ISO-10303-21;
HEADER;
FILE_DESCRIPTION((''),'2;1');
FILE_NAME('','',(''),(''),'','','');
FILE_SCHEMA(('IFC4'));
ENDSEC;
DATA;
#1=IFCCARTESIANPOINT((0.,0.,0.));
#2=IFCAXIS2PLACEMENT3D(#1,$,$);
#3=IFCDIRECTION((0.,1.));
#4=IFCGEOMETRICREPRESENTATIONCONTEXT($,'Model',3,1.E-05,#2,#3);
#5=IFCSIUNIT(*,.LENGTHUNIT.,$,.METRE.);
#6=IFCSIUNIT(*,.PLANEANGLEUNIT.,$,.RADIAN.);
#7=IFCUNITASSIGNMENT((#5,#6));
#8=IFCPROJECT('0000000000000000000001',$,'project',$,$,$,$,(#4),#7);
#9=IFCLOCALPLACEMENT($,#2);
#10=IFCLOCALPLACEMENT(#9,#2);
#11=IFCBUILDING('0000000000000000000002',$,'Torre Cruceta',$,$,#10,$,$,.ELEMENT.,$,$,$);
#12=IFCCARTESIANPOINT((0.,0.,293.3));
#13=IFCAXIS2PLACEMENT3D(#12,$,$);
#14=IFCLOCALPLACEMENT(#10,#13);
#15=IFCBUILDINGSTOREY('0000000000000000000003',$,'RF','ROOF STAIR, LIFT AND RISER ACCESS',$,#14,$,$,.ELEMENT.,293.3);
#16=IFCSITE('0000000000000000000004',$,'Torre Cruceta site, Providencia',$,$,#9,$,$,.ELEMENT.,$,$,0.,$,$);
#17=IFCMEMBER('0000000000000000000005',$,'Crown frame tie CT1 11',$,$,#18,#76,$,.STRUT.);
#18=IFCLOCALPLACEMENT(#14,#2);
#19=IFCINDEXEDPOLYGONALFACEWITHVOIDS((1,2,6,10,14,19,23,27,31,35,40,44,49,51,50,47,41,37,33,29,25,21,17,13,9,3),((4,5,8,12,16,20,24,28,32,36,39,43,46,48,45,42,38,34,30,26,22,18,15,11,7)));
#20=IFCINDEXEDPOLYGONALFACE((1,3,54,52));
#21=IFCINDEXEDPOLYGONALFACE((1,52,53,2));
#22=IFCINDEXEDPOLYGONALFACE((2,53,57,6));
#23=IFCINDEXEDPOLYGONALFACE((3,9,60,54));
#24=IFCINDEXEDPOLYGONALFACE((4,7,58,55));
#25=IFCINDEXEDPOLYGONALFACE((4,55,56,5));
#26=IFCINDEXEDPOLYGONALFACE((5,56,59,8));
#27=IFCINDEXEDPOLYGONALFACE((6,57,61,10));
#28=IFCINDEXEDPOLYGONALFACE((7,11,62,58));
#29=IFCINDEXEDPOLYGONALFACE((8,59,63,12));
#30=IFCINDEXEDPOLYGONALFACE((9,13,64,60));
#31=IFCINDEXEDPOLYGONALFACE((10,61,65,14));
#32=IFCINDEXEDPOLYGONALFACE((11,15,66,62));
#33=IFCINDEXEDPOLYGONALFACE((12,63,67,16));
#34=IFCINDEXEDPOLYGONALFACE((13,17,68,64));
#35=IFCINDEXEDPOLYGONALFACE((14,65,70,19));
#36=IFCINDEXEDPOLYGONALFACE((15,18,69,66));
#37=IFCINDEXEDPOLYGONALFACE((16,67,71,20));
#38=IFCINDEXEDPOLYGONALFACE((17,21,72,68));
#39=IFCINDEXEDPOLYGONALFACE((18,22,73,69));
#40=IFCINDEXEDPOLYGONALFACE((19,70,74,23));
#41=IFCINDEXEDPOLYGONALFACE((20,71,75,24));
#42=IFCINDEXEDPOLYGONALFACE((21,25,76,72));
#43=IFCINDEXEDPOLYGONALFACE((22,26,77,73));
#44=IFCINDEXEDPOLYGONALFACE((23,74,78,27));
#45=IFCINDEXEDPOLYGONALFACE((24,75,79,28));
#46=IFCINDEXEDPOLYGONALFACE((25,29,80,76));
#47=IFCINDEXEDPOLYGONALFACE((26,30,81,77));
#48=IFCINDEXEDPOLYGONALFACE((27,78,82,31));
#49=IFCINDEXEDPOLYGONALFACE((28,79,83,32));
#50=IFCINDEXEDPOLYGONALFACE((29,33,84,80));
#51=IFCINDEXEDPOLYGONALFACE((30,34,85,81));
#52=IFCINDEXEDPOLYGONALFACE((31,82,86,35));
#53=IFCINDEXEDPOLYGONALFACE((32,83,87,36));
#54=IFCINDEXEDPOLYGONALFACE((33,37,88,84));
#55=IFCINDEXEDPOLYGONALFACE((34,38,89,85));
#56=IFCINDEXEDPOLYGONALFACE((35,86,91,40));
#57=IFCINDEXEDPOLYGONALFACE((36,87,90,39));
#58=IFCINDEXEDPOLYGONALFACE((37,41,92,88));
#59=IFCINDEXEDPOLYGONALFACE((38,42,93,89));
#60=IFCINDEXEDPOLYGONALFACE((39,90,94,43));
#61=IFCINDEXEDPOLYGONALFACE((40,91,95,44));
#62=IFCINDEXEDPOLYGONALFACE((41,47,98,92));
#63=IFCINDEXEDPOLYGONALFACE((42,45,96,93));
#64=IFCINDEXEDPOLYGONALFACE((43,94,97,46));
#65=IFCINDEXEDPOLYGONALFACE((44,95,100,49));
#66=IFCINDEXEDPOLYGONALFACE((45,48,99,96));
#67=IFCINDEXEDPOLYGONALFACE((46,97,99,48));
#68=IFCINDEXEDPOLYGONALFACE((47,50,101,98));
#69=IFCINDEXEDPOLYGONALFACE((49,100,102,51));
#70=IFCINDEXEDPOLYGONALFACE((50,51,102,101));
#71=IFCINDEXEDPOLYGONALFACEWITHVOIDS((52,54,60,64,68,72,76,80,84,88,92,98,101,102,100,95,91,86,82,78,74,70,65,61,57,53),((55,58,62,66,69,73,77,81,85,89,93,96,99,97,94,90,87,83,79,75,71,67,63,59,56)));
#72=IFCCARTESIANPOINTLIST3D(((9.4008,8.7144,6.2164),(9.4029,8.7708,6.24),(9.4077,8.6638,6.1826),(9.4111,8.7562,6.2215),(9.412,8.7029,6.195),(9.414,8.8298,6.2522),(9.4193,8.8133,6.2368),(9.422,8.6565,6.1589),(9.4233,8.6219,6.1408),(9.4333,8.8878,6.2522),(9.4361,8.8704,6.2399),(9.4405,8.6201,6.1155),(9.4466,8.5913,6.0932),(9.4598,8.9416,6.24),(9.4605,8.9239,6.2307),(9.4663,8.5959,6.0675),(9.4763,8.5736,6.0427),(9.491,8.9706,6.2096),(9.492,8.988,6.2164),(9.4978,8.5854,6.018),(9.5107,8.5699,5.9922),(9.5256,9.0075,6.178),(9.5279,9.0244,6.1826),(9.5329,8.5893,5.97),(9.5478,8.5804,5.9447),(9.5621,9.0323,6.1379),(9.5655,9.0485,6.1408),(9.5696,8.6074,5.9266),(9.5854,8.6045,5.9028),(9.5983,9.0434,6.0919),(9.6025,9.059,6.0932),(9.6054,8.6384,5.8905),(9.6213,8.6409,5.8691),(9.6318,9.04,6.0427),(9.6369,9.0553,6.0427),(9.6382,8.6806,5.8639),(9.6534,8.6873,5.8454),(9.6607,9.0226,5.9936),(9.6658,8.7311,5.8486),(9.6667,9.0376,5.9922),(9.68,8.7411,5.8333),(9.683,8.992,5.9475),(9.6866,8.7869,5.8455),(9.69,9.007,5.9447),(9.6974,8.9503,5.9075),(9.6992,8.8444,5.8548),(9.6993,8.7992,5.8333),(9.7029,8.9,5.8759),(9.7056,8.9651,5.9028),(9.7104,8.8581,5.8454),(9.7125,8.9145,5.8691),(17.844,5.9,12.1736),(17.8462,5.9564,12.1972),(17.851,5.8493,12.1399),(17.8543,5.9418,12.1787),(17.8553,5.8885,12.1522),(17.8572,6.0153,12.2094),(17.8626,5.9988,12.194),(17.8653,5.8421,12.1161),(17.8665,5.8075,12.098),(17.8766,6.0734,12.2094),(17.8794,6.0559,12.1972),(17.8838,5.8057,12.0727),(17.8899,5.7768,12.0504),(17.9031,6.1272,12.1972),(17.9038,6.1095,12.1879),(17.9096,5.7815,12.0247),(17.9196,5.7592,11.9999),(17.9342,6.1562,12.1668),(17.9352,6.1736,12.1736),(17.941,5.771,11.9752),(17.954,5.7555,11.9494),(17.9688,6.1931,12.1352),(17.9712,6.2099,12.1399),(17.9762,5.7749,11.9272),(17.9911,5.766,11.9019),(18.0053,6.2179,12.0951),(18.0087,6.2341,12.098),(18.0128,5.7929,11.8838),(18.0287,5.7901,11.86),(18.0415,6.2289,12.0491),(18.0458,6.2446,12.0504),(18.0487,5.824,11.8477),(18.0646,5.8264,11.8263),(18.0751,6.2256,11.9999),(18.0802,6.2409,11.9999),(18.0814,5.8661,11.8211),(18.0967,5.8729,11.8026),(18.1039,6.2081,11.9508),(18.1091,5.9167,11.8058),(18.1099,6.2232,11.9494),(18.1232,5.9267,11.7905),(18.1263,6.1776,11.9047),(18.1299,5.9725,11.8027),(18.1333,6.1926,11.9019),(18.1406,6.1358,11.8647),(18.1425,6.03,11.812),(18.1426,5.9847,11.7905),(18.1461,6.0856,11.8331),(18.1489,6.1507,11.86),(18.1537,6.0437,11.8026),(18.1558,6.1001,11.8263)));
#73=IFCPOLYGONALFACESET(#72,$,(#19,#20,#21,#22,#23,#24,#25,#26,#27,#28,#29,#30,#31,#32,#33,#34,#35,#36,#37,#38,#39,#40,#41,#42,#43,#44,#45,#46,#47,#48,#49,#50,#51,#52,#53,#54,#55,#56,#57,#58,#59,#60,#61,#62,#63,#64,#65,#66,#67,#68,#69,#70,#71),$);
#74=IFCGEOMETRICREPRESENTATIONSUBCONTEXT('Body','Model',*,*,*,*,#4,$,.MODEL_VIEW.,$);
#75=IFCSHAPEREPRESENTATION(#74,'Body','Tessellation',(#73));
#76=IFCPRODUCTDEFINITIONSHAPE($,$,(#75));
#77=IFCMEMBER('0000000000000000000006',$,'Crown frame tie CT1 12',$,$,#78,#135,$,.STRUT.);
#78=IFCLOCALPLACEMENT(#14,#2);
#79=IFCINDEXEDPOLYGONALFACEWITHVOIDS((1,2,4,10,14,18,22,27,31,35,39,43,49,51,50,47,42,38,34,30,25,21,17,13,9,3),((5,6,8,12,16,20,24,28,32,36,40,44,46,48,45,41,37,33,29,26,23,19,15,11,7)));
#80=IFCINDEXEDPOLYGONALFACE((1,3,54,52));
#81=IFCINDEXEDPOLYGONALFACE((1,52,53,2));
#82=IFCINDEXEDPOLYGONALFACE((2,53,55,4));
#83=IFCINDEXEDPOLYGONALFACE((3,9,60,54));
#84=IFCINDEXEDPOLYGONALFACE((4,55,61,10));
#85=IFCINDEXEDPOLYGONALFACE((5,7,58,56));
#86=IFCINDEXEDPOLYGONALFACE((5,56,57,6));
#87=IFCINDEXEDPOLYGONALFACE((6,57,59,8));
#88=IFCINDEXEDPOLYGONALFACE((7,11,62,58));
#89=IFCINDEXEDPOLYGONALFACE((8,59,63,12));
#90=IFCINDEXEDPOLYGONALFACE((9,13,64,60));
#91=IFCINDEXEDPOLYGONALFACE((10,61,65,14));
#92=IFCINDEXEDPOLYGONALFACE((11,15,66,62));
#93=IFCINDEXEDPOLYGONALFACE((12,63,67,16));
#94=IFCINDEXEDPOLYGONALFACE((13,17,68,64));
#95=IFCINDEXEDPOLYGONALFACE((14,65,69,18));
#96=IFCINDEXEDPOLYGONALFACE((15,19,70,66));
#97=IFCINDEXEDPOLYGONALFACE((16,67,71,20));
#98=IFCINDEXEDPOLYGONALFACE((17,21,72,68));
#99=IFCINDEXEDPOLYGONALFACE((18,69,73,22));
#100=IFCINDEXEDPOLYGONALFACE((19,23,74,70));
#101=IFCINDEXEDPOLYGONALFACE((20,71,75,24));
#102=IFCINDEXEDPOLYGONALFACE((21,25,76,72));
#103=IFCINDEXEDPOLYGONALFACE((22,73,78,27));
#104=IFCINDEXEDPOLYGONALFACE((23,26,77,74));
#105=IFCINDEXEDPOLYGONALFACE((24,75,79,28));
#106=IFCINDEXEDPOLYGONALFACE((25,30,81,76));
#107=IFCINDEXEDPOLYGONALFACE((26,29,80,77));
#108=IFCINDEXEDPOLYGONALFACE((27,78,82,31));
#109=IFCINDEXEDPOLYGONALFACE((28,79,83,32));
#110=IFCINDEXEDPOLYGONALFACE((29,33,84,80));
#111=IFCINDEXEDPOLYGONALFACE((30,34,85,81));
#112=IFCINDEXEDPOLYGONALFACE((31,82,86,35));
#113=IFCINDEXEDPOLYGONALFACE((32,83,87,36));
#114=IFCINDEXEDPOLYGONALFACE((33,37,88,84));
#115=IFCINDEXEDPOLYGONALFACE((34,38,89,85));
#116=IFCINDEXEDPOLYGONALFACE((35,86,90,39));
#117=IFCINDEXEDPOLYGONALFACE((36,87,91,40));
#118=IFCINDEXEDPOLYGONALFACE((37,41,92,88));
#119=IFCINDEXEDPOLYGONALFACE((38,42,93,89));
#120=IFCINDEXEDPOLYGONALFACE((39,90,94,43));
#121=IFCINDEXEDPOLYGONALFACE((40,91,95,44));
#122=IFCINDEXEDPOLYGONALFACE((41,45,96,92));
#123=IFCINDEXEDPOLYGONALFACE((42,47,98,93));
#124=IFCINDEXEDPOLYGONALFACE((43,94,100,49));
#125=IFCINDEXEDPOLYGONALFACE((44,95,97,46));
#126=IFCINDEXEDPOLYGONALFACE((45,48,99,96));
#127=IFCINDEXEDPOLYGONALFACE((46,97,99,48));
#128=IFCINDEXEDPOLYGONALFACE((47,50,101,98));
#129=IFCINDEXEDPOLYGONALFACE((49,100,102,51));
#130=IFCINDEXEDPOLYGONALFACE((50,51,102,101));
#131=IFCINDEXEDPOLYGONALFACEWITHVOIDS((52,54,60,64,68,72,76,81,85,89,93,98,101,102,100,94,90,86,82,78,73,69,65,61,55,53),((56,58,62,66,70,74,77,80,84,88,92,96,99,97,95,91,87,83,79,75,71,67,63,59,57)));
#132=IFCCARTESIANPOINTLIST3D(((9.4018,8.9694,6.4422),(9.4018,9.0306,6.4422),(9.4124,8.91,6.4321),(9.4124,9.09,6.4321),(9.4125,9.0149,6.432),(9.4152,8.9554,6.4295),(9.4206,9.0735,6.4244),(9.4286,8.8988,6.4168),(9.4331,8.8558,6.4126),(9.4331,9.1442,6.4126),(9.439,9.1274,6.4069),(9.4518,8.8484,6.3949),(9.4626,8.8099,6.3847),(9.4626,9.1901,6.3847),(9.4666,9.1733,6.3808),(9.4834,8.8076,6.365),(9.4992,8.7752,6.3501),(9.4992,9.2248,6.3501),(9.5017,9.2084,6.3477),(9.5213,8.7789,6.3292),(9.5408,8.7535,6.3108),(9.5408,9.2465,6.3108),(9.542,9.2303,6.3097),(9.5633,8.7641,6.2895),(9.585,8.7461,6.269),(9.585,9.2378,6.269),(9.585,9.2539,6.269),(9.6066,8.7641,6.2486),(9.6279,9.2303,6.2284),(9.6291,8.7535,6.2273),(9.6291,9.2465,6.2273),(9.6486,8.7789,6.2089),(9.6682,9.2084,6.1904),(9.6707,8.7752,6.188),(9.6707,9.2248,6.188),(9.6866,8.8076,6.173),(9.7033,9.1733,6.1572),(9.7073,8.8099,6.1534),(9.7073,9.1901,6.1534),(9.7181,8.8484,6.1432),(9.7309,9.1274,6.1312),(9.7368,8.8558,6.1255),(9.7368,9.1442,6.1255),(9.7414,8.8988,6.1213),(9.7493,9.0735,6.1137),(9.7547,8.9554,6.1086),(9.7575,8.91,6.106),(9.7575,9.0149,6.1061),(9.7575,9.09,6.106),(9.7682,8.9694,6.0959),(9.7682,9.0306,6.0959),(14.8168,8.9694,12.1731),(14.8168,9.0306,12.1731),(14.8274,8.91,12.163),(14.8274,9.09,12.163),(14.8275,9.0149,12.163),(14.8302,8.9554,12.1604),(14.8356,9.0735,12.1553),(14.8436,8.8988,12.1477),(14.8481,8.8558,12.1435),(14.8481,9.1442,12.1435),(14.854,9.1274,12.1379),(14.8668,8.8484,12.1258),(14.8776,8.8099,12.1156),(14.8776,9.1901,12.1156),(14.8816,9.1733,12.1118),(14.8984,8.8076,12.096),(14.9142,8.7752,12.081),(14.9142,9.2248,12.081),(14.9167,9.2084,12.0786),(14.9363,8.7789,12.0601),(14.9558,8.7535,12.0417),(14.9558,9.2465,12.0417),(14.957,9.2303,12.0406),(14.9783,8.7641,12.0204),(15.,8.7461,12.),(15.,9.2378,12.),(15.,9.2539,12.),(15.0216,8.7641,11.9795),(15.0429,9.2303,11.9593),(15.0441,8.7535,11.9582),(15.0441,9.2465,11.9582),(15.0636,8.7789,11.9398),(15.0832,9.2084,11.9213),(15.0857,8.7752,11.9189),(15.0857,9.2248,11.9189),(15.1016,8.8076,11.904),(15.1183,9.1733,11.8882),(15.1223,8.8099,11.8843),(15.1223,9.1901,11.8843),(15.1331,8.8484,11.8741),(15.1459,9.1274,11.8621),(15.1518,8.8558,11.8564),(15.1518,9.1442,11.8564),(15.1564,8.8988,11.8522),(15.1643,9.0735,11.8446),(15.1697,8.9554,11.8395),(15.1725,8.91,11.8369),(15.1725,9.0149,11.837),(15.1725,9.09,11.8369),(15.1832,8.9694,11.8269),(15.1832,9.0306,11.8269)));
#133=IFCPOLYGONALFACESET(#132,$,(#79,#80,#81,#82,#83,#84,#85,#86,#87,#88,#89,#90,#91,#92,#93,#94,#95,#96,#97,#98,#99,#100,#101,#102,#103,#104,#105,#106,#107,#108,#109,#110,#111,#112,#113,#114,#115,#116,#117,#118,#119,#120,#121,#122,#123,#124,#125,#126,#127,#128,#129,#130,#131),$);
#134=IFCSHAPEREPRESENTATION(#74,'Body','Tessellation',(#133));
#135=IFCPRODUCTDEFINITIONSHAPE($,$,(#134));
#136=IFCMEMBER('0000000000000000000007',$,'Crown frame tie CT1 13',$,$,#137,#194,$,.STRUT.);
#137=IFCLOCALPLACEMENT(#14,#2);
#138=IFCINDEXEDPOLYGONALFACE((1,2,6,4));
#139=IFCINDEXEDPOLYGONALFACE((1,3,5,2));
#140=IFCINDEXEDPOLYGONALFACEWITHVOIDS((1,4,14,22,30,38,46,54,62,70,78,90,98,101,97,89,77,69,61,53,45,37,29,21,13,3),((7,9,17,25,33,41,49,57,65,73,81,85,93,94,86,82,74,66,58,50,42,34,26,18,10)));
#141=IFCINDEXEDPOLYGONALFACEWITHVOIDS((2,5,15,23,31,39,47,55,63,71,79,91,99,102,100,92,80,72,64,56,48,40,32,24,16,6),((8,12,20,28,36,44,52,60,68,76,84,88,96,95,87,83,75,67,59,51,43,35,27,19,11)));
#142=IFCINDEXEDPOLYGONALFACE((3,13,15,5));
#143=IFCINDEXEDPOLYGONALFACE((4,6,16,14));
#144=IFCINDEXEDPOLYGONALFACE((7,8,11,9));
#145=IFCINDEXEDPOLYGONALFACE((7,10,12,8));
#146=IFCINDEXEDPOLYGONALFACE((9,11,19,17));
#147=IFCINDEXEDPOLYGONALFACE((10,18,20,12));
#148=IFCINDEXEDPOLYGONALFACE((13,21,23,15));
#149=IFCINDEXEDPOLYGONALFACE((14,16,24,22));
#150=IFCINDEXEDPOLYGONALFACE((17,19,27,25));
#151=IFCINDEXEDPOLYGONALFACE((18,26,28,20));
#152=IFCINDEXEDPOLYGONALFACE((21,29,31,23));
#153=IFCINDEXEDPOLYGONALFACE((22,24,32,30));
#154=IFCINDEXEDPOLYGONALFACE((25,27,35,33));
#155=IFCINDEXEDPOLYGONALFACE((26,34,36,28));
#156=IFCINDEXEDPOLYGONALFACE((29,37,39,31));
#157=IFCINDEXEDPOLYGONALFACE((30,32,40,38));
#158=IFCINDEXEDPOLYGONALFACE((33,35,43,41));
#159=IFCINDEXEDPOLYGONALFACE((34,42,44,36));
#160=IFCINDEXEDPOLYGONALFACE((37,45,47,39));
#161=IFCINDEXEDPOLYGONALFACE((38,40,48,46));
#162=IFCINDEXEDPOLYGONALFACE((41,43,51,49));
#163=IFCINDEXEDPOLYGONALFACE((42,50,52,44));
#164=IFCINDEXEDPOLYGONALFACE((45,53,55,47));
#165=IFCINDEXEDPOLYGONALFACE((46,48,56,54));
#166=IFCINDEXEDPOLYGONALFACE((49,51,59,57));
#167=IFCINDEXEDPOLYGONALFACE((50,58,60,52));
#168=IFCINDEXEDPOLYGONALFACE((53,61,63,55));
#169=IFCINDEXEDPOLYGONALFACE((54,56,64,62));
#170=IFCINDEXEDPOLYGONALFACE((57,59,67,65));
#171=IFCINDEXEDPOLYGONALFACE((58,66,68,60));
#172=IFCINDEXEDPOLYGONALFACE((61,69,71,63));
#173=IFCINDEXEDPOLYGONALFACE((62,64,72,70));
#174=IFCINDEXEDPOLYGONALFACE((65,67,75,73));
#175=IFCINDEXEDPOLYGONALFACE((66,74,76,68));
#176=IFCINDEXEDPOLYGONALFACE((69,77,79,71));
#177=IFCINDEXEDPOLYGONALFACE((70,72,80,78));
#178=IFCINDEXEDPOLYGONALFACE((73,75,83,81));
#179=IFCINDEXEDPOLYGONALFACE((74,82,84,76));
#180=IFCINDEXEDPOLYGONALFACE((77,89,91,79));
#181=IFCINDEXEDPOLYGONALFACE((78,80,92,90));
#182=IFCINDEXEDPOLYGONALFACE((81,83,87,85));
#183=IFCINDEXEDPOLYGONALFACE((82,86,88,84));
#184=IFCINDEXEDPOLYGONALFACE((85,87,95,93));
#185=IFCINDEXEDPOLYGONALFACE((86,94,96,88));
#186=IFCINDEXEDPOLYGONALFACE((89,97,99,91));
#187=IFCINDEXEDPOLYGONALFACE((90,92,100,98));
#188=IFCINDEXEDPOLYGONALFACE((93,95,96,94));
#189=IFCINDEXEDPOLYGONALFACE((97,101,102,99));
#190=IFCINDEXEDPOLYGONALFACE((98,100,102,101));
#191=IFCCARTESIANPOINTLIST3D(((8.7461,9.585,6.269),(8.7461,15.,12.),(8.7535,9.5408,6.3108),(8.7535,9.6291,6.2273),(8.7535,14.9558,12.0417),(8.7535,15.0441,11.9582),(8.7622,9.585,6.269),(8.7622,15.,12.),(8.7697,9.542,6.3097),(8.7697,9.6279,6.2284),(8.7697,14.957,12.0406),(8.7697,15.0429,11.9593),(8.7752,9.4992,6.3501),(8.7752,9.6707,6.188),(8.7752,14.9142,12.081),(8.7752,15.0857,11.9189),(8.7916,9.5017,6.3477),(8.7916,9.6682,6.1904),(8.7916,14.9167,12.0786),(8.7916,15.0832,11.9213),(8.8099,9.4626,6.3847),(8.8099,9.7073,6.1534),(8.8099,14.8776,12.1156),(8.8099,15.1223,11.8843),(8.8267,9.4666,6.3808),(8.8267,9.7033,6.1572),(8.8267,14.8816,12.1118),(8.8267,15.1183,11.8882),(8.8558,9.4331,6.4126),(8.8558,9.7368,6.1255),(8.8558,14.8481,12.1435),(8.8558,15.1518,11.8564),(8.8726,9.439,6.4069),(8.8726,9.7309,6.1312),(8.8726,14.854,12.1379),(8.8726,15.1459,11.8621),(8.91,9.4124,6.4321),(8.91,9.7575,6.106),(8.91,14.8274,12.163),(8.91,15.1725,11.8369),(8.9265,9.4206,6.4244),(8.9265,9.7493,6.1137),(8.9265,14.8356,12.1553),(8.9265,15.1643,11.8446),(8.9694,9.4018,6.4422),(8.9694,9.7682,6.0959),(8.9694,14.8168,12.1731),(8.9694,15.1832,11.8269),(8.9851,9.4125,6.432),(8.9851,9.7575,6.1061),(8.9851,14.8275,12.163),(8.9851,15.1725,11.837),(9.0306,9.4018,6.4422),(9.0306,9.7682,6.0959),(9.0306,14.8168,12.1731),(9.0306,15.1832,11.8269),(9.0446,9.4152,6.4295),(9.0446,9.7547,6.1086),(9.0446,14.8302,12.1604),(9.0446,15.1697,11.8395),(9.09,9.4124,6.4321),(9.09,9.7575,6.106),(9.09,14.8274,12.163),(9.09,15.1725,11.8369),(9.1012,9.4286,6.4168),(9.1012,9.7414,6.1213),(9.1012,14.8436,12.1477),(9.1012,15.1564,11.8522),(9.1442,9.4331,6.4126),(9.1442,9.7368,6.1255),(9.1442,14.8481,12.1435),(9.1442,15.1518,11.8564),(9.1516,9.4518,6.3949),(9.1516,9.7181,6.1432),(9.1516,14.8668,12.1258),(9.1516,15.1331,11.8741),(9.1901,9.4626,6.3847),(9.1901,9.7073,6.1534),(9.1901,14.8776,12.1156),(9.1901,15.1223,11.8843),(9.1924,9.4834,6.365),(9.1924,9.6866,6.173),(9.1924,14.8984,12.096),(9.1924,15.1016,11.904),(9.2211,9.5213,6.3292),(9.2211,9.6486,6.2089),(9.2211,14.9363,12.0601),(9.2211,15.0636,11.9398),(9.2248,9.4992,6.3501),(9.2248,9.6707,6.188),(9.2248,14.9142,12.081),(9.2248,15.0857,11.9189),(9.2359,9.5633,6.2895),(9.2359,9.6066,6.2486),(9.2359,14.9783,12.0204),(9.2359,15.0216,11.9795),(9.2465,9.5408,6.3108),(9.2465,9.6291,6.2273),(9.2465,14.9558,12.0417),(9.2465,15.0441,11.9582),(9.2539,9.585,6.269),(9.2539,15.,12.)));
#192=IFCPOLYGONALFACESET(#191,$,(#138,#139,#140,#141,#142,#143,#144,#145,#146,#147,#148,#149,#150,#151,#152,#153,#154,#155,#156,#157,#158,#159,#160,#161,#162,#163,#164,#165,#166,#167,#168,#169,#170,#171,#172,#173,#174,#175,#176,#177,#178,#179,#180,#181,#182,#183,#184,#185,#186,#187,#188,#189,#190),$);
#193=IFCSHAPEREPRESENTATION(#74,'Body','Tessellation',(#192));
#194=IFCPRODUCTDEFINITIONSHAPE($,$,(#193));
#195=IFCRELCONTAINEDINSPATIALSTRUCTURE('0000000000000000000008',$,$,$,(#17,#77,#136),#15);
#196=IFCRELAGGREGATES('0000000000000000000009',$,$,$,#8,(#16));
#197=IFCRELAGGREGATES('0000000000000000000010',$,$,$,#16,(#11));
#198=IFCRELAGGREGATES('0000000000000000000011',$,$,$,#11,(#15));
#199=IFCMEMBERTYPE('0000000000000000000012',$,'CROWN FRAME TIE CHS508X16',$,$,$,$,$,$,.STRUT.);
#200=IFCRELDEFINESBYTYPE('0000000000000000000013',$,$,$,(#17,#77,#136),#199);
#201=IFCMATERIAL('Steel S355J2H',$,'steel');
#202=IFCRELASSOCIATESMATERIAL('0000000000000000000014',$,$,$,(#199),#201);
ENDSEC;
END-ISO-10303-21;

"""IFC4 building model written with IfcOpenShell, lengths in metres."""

from ifc_helpers import new_model, si_unit, direction, frame, origin, origin_2d, place, context, subcontext, project, spatial, hollow_circle, extrude, material, material_profile, profile_set, type_object, element, save


model = new_model("IFC4")

# Units and contexts
model_context = context("Model", 3, precision=1e-05, world=origin(), true_north=direction((0.0, 1.0)))
body_context = subcontext(model_context, "Body", "Model", "MODEL_VIEW")
ifc_project = project(units=[si_unit("LENGTHUNIT", "METRE"), si_unit("PLANEANGLEUNIT", "RADIAN")], contexts=[model_context])

# Site, building, storey
site_placement = place(None, origin())
site = spatial("IfcSite", under=ifc_project, at=site_placement, Name="Torre Cruceta site, Providencia", CompositionType="ELEMENT", RefElevation=0.0)
building_placement = place(site_placement, origin())
building = spatial("IfcBuilding", under=site, at=building_placement, Name="Torre Cruceta", CompositionType="ELEMENT")
storey_placement = place(building_placement, frame((0.0, 0.0, 293.3)))
storey = spatial("IfcBuildingStorey", under=building, at=storey_placement, Name="RF", Description="ROOF STAIR, LIFT AND RISER ACCESS", CompositionType="ELEMENT", Elevation=293.3)

# Members
ifc_material_1 = material(Name="Steel S355J2H", Category="steel")
ifc_material_profile_1 = material_profile(ifc_material_1, hollow_circle(Radius=0.2539, WallThickness=0.0161, at=origin_2d()), Name="CHS508X16")
ifc_profile_set_1 = profile_set([ifc_material_profile_1], Name="Steel S355J2H")
member_type_1 = type_object("IfcMemberType", Name="CROWN FRAME TIE CHS508X16", PredefinedType="STRUT", material=ifc_profile_set_1)
member_1_placement = place(storey_placement, frame((9.5566, 8.8145, 6.0427), z_axis=(0.788374, -0.262791, 0.556243), x_axis=(0.316228, 0.948683, 0.0)))
element("IfcMember", 1, at=member_1_placement, inside=storey, type_object=member_type_1, Name="Crown frame tie CT1 11", PredefinedType="STRUT", context=body_context, shape_type="SweptSolid", body=[
    extrude(hollow_circle(Radius=0.2539, WallThickness=0.0161, at=origin_2d()), origin(), (0.0, 0.0, 1.0), 10.7097),
])
for number, where, z_axis, x_axis, name in (
    (2, (9.585, 9.0, 6.269), (0.686789, 0.0, 0.726857), (0.0, 1.0, 0.0), "Crown frame tie CT1 12"),
    (3, (9.0, 9.585, 6.269), (0.0, 0.686789, 0.726857), (-1.0, 0.0, 0.0), "Crown frame tie CT1 13"),
):
    element("IfcMember", number, at=place(storey_placement, frame(where, z_axis=z_axis, x_axis=x_axis)), inside=storey, type_object=member_type_1, Name=name, PredefinedType="STRUT", context=body_context, shape_type="SweptSolid", body=[
        extrude(hollow_circle(Radius=0.2539, WallThickness=0.0161, at=origin_2d()), origin(), (0.0, 0.0, 1.0), 7.8845),
    ])

save(model, "model.ifc")
